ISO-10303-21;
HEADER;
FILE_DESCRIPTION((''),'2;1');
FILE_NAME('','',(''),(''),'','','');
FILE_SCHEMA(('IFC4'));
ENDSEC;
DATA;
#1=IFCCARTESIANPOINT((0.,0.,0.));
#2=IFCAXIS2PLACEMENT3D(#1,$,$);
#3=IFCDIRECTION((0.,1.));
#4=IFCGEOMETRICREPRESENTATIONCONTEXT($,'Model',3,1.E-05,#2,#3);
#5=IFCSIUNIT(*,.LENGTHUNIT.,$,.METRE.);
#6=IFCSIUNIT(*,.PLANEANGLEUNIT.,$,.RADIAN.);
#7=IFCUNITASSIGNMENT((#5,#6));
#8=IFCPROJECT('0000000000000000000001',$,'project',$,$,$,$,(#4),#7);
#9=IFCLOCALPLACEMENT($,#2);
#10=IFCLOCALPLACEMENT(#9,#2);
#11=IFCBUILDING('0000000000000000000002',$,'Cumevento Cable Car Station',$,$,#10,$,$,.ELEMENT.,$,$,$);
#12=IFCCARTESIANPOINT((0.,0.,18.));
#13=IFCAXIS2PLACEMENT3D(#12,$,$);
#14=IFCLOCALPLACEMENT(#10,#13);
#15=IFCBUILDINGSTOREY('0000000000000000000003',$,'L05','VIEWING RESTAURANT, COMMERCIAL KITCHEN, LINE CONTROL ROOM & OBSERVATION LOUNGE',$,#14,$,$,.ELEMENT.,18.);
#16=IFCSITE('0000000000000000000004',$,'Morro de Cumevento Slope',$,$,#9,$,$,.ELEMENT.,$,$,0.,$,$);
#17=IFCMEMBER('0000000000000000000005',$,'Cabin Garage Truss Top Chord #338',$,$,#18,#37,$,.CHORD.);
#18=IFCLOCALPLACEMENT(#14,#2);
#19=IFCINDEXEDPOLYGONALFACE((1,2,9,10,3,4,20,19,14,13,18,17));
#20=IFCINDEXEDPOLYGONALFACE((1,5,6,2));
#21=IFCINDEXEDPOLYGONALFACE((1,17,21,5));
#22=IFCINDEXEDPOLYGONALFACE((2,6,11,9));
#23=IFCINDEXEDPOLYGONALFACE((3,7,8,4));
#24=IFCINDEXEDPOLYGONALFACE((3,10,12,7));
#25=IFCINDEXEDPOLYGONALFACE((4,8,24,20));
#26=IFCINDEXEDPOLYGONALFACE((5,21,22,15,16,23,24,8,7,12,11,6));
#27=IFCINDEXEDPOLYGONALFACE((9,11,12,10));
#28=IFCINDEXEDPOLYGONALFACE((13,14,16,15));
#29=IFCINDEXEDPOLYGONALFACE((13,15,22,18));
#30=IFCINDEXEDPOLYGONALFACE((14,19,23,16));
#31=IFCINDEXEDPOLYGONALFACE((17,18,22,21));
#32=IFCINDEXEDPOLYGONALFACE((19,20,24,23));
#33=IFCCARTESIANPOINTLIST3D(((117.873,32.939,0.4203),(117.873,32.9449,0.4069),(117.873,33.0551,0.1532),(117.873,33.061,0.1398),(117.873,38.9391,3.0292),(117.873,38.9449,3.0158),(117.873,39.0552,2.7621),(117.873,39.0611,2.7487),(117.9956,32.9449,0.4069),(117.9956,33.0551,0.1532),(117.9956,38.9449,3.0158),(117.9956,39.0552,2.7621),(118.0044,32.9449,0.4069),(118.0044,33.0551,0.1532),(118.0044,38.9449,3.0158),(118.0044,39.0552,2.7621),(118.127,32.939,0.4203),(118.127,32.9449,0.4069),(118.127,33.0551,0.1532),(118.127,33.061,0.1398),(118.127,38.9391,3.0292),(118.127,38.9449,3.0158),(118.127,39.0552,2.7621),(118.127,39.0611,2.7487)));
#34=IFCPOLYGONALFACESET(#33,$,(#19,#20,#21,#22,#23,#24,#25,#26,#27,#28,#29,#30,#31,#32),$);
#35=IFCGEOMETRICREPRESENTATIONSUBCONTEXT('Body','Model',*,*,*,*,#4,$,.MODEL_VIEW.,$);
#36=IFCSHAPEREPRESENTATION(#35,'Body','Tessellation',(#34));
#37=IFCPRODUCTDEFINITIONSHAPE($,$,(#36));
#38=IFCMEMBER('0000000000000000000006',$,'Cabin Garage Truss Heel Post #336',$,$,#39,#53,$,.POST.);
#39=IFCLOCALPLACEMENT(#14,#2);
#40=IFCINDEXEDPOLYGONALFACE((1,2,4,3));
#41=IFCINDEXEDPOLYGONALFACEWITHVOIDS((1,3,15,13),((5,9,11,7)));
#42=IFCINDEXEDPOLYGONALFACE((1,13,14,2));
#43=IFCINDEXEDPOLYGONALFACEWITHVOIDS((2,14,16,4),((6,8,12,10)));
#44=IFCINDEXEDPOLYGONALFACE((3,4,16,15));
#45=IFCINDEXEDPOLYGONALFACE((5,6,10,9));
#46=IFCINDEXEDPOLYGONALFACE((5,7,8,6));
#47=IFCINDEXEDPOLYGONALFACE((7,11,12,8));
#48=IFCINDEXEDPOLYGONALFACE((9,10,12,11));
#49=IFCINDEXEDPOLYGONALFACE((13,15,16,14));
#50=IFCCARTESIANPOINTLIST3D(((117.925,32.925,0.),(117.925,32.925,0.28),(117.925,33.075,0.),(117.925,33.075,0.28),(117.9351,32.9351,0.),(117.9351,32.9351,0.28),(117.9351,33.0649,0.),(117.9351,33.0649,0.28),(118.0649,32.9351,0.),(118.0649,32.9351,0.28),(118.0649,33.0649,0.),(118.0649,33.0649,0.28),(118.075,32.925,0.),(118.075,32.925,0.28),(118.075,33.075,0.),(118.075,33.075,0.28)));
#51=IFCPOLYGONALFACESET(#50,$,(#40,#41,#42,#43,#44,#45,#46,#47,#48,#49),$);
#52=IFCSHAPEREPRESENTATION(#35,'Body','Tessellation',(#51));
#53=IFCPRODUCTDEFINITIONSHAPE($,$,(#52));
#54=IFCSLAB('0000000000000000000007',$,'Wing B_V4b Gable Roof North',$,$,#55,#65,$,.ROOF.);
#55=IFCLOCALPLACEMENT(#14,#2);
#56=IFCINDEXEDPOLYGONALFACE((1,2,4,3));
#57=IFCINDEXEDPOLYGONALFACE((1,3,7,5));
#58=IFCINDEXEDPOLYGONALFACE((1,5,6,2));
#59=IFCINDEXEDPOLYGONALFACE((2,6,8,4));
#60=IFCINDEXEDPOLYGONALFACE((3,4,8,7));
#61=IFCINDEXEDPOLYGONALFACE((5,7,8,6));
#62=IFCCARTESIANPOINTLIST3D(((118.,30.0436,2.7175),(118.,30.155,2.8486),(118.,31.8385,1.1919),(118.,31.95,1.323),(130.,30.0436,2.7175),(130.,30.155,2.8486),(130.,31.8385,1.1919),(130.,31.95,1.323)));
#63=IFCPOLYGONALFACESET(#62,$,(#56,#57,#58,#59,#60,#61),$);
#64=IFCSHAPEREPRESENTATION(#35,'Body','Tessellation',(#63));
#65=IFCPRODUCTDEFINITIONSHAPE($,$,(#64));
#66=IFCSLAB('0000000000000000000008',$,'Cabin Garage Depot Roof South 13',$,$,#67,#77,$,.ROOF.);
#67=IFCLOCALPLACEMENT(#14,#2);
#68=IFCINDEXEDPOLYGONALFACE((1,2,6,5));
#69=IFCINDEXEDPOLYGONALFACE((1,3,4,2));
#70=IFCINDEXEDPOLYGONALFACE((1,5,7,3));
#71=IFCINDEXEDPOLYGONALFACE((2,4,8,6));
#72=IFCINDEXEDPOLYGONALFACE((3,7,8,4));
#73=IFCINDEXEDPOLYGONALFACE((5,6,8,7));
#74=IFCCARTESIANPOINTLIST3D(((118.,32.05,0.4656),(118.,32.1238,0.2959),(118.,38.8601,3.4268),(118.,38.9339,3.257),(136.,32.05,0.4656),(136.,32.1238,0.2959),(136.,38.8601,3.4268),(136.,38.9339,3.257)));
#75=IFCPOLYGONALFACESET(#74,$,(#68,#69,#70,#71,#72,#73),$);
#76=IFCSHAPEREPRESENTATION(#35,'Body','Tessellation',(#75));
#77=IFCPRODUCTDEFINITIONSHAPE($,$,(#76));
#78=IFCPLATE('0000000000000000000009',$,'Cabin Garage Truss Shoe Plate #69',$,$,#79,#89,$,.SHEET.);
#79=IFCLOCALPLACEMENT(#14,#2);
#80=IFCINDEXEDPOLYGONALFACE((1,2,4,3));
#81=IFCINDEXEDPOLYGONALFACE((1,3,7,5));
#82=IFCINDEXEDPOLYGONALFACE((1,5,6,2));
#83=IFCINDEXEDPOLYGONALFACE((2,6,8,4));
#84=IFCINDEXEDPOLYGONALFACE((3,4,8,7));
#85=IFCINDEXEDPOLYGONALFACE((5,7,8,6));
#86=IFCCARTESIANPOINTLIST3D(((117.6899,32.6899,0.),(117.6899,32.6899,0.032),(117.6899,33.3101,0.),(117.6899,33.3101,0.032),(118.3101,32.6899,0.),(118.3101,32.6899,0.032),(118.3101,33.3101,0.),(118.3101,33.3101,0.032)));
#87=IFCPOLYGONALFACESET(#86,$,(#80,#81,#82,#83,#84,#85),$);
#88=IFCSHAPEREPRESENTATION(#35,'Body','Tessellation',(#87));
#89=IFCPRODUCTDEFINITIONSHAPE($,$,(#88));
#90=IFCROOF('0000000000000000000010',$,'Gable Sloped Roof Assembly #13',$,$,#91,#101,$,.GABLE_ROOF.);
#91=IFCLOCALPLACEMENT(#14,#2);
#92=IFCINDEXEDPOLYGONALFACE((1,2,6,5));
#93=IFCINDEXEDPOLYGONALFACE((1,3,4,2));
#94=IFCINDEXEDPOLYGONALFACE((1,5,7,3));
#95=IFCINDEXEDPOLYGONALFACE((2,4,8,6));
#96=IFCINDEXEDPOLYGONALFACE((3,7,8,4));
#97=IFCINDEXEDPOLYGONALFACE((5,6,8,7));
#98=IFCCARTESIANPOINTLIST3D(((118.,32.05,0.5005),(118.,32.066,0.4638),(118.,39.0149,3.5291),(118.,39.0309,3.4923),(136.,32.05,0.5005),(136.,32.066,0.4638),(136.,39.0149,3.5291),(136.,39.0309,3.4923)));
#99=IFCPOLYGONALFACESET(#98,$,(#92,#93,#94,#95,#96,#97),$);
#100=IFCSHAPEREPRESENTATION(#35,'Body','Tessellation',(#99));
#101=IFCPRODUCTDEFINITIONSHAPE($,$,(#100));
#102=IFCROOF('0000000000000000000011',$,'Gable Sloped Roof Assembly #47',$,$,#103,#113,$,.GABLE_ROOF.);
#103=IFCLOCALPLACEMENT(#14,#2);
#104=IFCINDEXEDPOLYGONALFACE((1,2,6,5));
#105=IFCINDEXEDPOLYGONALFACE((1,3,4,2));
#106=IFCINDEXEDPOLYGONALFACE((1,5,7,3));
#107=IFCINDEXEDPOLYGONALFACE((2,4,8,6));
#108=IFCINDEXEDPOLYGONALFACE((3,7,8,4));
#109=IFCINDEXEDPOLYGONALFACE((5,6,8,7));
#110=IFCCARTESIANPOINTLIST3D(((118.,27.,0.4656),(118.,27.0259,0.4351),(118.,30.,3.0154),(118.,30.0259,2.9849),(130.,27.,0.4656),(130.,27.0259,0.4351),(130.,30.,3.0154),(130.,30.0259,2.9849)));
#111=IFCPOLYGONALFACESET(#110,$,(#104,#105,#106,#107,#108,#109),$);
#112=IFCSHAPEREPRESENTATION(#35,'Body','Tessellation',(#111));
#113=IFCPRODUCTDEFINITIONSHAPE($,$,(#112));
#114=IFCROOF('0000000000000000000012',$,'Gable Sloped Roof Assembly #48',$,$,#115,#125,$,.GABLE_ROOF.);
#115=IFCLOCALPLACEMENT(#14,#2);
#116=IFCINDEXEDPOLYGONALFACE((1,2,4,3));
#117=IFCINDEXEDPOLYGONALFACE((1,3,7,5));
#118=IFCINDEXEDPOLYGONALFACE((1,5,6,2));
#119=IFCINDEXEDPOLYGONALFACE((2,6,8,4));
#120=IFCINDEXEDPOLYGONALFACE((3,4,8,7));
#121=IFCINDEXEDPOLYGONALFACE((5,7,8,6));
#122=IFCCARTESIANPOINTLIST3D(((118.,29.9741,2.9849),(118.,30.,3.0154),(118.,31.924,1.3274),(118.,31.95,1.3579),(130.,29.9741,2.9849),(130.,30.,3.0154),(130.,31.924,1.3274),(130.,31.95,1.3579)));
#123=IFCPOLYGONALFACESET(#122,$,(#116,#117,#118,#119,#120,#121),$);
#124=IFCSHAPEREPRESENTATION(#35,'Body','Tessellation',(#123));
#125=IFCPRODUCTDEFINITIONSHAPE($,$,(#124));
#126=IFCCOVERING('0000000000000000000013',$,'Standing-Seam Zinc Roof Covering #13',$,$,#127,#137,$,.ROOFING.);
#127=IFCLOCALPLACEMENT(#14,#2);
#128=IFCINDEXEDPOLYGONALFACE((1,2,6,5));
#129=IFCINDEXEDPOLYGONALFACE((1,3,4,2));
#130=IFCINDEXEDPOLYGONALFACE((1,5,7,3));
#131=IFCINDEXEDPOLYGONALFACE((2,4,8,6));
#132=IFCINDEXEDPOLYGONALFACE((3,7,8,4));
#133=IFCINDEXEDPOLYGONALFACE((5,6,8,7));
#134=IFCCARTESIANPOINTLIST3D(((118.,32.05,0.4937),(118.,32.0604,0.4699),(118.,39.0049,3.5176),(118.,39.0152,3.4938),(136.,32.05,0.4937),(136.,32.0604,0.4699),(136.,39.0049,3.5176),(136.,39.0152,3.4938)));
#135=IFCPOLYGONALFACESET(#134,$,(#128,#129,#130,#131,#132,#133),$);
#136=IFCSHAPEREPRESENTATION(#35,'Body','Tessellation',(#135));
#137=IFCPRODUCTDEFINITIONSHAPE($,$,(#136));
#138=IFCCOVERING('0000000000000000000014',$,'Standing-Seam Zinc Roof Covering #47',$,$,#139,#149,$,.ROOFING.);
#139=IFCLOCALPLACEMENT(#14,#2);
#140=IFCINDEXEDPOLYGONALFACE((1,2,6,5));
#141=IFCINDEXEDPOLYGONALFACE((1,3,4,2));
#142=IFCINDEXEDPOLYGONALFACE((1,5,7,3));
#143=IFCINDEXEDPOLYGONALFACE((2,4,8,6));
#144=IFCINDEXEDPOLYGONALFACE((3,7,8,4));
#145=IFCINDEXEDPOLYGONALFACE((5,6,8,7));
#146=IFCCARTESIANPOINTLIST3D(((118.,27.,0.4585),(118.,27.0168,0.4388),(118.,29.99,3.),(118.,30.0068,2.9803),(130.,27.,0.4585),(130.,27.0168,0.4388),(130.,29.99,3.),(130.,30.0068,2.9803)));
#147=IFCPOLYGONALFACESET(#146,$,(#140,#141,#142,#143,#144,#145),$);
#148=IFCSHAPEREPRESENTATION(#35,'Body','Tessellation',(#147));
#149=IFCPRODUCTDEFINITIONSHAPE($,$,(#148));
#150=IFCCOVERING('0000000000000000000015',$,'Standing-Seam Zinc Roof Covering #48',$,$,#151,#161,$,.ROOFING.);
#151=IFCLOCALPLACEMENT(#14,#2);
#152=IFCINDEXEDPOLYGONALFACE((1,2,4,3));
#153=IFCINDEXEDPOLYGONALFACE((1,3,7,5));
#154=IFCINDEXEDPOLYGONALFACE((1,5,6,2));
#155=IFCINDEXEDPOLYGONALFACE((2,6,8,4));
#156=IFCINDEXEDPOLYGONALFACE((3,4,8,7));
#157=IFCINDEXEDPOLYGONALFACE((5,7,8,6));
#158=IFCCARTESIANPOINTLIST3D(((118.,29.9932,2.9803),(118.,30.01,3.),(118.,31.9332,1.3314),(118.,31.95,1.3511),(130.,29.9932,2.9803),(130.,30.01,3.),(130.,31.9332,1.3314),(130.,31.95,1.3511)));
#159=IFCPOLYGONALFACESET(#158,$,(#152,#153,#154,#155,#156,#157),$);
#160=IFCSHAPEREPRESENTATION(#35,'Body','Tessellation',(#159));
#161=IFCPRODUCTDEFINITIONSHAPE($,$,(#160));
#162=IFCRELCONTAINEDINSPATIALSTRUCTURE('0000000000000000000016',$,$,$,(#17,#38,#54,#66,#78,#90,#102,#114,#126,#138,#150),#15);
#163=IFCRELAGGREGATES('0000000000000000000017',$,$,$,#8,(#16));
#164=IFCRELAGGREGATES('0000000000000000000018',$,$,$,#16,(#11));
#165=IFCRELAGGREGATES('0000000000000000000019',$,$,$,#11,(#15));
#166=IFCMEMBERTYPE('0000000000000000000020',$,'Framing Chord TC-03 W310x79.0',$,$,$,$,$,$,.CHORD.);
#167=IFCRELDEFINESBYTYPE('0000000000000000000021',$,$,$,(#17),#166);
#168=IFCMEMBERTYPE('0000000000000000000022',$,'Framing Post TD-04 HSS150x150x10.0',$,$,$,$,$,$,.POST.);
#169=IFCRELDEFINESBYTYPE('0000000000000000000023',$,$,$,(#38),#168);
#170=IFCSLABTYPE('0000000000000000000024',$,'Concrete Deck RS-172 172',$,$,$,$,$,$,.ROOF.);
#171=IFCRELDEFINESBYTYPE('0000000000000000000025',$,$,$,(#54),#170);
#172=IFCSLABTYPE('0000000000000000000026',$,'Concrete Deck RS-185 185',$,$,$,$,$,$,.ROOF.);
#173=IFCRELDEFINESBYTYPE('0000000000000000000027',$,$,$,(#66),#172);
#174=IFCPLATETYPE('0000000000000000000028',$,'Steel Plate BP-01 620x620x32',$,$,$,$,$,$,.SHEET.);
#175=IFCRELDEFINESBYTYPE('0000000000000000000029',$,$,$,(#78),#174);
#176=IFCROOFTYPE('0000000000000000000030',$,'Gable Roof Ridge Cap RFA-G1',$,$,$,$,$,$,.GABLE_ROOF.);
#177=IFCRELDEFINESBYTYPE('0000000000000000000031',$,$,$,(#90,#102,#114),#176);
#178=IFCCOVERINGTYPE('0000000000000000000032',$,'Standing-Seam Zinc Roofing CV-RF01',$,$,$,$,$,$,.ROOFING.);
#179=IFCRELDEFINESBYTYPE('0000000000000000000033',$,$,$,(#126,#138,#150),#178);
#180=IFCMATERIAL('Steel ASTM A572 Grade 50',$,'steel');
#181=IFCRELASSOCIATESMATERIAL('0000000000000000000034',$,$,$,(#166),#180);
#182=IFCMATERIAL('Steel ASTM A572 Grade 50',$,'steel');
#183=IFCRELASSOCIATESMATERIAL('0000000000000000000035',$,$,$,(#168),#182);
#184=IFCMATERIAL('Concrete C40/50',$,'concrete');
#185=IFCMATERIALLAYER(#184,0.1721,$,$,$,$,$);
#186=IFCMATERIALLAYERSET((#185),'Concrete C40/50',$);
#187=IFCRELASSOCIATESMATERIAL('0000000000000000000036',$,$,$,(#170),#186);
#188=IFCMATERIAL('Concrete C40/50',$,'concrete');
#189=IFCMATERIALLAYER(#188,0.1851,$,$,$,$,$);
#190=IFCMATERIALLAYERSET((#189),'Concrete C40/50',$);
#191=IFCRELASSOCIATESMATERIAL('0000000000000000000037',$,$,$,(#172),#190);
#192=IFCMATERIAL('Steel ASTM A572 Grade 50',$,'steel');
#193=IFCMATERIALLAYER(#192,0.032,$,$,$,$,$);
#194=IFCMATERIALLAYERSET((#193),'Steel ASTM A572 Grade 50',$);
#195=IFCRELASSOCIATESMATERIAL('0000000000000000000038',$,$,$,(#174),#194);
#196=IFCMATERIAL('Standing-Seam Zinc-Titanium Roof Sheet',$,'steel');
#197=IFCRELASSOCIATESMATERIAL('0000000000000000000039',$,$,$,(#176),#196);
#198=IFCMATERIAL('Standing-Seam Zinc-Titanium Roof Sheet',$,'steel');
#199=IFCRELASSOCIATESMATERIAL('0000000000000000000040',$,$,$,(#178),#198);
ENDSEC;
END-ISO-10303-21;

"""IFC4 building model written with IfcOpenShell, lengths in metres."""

from ifc_helpers import new_model, si_unit, direction, frame, origin, origin_2d, place, context, subcontext, project, spatial, polyline, rectangle, hollow_rectangle, i_section, outline, extrude, material, layer, layer_set, material_profile, profile_set, type_object, element, save


model = new_model("IFC4")

# Units and contexts
model_context = context("Model", 3, precision=1e-05, world=origin(), true_north=direction((0.0, 1.0)))
body_context = subcontext(model_context, "Body", "Model", "MODEL_VIEW")
ifc_project = project(units=[si_unit("LENGTHUNIT", "METRE"), si_unit("PLANEANGLEUNIT", "RADIAN")], contexts=[model_context])

# Site, building, storey
site_placement = place(None, origin())
site = spatial("IfcSite", under=ifc_project, at=site_placement, Name="Morro de Cumevento Slope", CompositionType="ELEMENT", RefElevation=0.0)
building_placement = place(site_placement, origin())
building = spatial("IfcBuilding", under=site, at=building_placement, Name="Cumevento Cable Car Station", CompositionType="ELEMENT")
storey_placement = place(building_placement, frame((0.0, 0.0, 18.0)))
storey = spatial("IfcBuildingStorey", under=building, at=storey_placement, Name="L05", Description="VIEWING RESTAURANT, COMMERCIAL KITCHEN, LINE CONTROL ROOM & OBSERVATION LOUNGE", CompositionType="ELEMENT", Elevation=18.0)

# Members
ifc_material_1 = material(Name="Steel ASTM A572 Grade 50", Category="steel")
ifc_material_profile_1 = material_profile(ifc_material_1, i_section(OverallWidth=0.2539, OverallDepth=0.3059, WebThickness=0.0088, FlangeThickness=0.0146, at=origin_2d()), Name="W310x79.0")
ifc_profile_set_1 = profile_set([ifc_material_profile_1], Name="Steel ASTM A572 Grade 50")
member_type_1 = type_object("IfcMemberType", Name="Framing Chord TC-03 W310x79.0", PredefinedType="CHORD", material=ifc_profile_set_1)
member_1_placement = place(storey_placement, frame((118.0, 33.0, 0.28), z_axis=(0.0, 0.917059, 0.398751), x_axis=(-1.0, 0.0, 0.0)))
element("IfcMember", 1, at=member_1_placement, inside=storey, type_object=member_type_1, Name="Cabin Garage Truss Top Chord #338", PredefinedType="CHORD", context=body_context, shape_type="SweptSolid", body=[
    extrude(i_section(OverallWidth=0.2539, OverallDepth=0.3059, WebThickness=0.0088, FlangeThickness=0.0146, at=origin_2d()), origin(), (0.0, 0.0, 1.0), 6.5427),
])
ifc_material_2 = material(Name="Steel ASTM A572 Grade 50", Category="steel")
ifc_material_profile_2 = material_profile(ifc_material_2, hollow_rectangle(XDim=0.1499, YDim=0.1499, WallThickness=0.01, at=origin_2d()), Name="HSS150x150x10.0")
ifc_profile_set_2 = profile_set([ifc_material_profile_2], Name="Steel ASTM A572 Grade 50")
member_type_2 = type_object("IfcMemberType", Name="Framing Post TD-04 HSS150x150x10.0", PredefinedType="POST", material=ifc_profile_set_2)
member_2_placement = place(storey_placement, frame((118.0, 33.0, 0.0), z_axis=(0.0, 0.0, 1.0), x_axis=(1.0, 0.0, 0.0)))
element("IfcMember", 2, at=member_2_placement, inside=storey, type_object=member_type_2, Name="Cabin Garage Truss Heel Post #336", PredefinedType="POST", context=body_context, shape_type="SweptSolid", body=[
    extrude(hollow_rectangle(XDim=0.1499, YDim=0.1499, WallThickness=0.01, at=origin_2d()), origin(), (0.0, 0.0, 1.0), 0.28),
])

# Slabs
ifc_material_3 = material(Name="Concrete C40/50", Category="concrete")
ifc_layer_1 = layer(ifc_material_3, 0.1721)
ifc_layer_set_1 = layer_set([ifc_layer_1], Name="Concrete C40/50")
slab_type_1 = type_object("IfcSlabType", Name="Concrete Deck RS-172 172", PredefinedType="ROOF", material=ifc_layer_set_1)
slab_1_placement = place(storey_placement, frame((118.0, 30.155, 2.8486), z_axis=(0.0, 0.647636, 0.76195), x_axis=(1.0, 0.0, 0.0)))
element("IfcSlab", 3, at=slab_1_placement, inside=storey, type_object=slab_type_1, Name="Wing B_V4b Gable Roof North", PredefinedType="ROOF", context=body_context, shape_type="SweptSolid", body=[
    extrude(outline(polyline([(0.0, 0.0), (12.0, 0.0), (12.0, 2.3557), (0.0, 2.3557), (0.0, 0.0)])), origin(), (0.0, 0.0, -1.0), 0.1721),
])
ifc_material_4 = material(Name="Concrete C40/50", Category="concrete")
ifc_layer_2 = layer(ifc_material_4, 0.1851)
ifc_layer_set_2 = layer_set([ifc_layer_2], Name="Concrete C40/50")
slab_type_2 = type_object("IfcSlabType", Name="Concrete Deck RS-185 185", PredefinedType="ROOF", material=ifc_layer_set_2)
slab_2_placement = place(storey_placement, frame((118.0, 32.05, 0.4656), z_axis=(0.0, -0.398759, 0.917056), x_axis=(1.0, 0.0, 0.0)))
element("IfcSlab", 4, at=slab_2_placement, inside=storey, type_object=slab_type_2, Name="Cabin Garage Depot Roof South 13", PredefinedType="ROOF", context=body_context, shape_type="SweptSolid", body=[
    extrude(outline(polyline([(0.0, 0.0), (18.0, 0.0), (18.0, 7.426), (0.0, 7.426), (0.0, 0.0)])), origin(), (0.0, 0.0, -1.0), 0.1851),
])

# Plate
ifc_material_5 = material(Name="Steel ASTM A572 Grade 50", Category="steel")
ifc_layer_3 = layer(ifc_material_5, 0.032)
ifc_layer_set_3 = layer_set([ifc_layer_3], Name="Steel ASTM A572 Grade 50")
plate_type = type_object("IfcPlateType", Name="Steel Plate BP-01 620x620x32", PredefinedType="SHEET", material=ifc_layer_set_3)
plate_placement = place(storey_placement, frame((118.0, 33.0, 0.0), z_axis=(0.0, 0.0, 1.0), x_axis=(1.0, 0.0, 0.0)))
element("IfcPlate", 5, at=plate_placement, inside=storey, type_object=plate_type, Name="Cabin Garage Truss Shoe Plate #69", PredefinedType="SHEET", context=body_context, shape_type="SweptSolid", body=[
    extrude(rectangle(XDim=0.6201, YDim=0.6201, at=origin_2d()), origin(), (0.0, 0.0, 1.0), 0.032),
])

# Roofs
ifc_material_6 = material(Name="Standing-Seam Zinc-Titanium Roof Sheet", Category="steel")
roof_type = type_object("IfcRoofType", Name="Gable Roof Ridge Cap RFA-G1", PredefinedType="GABLE_ROOF", material=ifc_material_6)
roof_1_placement = place(storey_placement, frame((118.0, 32.05, 0.5005), z_axis=(0.0, -0.398767, 0.917052), x_axis=(1.0, 0.0, 0.0)))
element("IfcRoof", 6, at=roof_1_placement, inside=storey, type_object=roof_type, Name="Gable Sloped Roof Assembly #13", PredefinedType="GABLE_ROOF", context=body_context, shape_type="SweptSolid", body=[
    extrude(outline(polyline([(0.0, 0.0), (18.0, 0.0), (18.0, 7.5948), (0.0, 7.5948), (0.0, 0.0)])), origin(), (0.0, 0.0, -1.0), 0.04),
])
roof_2_placement = place(storey_placement, frame((118.0, 27.0, 0.4656), z_axis=(0.0, -0.64762, 0.761964), x_axis=(1.0, 0.0, 0.0)))
element("IfcRoof", 7, at=roof_2_placement, inside=storey, type_object=roof_type, Name="Gable Sloped Roof Assembly #47", PredefinedType="GABLE_ROOF", context=body_context, shape_type="SweptSolid", body=[
    extrude(outline(polyline([(0.0, 0.0), (12.0, 0.0), (12.0, 3.9372), (0.0, 3.9372), (0.0, 0.0)])), origin(), (0.0, 0.0, -1.0), 0.04),
])
roof_3_placement = place(storey_placement, frame((118.0, 30.0, 3.0154), z_axis=(0.0, 0.647651, 0.761937), x_axis=(1.0, 0.0, 0.0)))
element("IfcRoof", 8, at=roof_3_placement, inside=storey, type_object=roof_type, Name="Gable Sloped Roof Assembly #48", PredefinedType="GABLE_ROOF", context=body_context, shape_type="SweptSolid", body=[
    extrude(outline(polyline([(0.0, 0.0), (12.0, 0.0), (12.0, 2.5592), (0.0, 2.5592), (0.0, 0.0)])), origin(), (0.0, 0.0, -1.0), 0.04),
])

# Coverings
ifc_material_7 = material(Name="Standing-Seam Zinc-Titanium Roof Sheet", Category="steel")
covering_type_1 = type_object("IfcCoveringType", Name="Standing-Seam Zinc Roofing CV-RF01", PredefinedType="ROOFING", material=ifc_material_7)
covering_1_placement = place(storey_placement, frame((118.0, 32.05, 0.4937), z_axis=(0.0, -0.398736, 0.917066), x_axis=(1.0, 0.0, 0.0)))
element("IfcCovering", 9, at=covering_1_placement, inside=storey, type_object=covering_type_1, Name="Standing-Seam Zinc Roof Covering #13", PredefinedType="ROOFING", context=body_context, shape_type="SweptSolid", body=[
    extrude(outline(polyline([(0.0, 0.0), (18.0, 0.0), (18.0, 7.5838), (0.0, 7.5838), (0.0, 0.0)])), origin(), (0.0, 0.0, -1.0), 0.0259),
])
covering_2_placement = place(storey_placement, frame((118.0, 27.0, 0.4585), z_axis=(0.0, -0.64765, 0.761938), x_axis=(1.0, 0.0, 0.0)))
element("IfcCovering", 10, at=covering_2_placement, inside=storey, type_object=covering_type_1, Name="Standing-Seam Zinc Roof Covering #47", PredefinedType="ROOFING", context=body_context, shape_type="SweptSolid", body=[
    extrude(outline(polyline([(0.0, 0.0), (12.0, 0.0), (12.0, 3.9242), (0.0, 3.9242), (0.0, 0.0)])), origin(), (0.0, 0.0, -1.0), 0.0259),
])
covering_3_placement = place(storey_placement, frame((118.0, 30.01, 3.0), z_axis=(0.0, 0.647643, 0.761944), x_axis=(1.0, 0.0, 0.0)))
element("IfcCovering", 11, at=covering_3_placement, inside=storey, type_object=covering_type_1, Name="Standing-Seam Zinc Roof Covering #48", PredefinedType="ROOFING", context=body_context, shape_type="SweptSolid", body=[
    extrude(outline(polyline([(0.0, 0.0), (12.0, 0.0), (12.0, 2.546), (0.0, 2.546), (0.0, 0.0)])), origin(), (0.0, 0.0, -1.0), 0.0259),
])

save(model, "model.ifc")
